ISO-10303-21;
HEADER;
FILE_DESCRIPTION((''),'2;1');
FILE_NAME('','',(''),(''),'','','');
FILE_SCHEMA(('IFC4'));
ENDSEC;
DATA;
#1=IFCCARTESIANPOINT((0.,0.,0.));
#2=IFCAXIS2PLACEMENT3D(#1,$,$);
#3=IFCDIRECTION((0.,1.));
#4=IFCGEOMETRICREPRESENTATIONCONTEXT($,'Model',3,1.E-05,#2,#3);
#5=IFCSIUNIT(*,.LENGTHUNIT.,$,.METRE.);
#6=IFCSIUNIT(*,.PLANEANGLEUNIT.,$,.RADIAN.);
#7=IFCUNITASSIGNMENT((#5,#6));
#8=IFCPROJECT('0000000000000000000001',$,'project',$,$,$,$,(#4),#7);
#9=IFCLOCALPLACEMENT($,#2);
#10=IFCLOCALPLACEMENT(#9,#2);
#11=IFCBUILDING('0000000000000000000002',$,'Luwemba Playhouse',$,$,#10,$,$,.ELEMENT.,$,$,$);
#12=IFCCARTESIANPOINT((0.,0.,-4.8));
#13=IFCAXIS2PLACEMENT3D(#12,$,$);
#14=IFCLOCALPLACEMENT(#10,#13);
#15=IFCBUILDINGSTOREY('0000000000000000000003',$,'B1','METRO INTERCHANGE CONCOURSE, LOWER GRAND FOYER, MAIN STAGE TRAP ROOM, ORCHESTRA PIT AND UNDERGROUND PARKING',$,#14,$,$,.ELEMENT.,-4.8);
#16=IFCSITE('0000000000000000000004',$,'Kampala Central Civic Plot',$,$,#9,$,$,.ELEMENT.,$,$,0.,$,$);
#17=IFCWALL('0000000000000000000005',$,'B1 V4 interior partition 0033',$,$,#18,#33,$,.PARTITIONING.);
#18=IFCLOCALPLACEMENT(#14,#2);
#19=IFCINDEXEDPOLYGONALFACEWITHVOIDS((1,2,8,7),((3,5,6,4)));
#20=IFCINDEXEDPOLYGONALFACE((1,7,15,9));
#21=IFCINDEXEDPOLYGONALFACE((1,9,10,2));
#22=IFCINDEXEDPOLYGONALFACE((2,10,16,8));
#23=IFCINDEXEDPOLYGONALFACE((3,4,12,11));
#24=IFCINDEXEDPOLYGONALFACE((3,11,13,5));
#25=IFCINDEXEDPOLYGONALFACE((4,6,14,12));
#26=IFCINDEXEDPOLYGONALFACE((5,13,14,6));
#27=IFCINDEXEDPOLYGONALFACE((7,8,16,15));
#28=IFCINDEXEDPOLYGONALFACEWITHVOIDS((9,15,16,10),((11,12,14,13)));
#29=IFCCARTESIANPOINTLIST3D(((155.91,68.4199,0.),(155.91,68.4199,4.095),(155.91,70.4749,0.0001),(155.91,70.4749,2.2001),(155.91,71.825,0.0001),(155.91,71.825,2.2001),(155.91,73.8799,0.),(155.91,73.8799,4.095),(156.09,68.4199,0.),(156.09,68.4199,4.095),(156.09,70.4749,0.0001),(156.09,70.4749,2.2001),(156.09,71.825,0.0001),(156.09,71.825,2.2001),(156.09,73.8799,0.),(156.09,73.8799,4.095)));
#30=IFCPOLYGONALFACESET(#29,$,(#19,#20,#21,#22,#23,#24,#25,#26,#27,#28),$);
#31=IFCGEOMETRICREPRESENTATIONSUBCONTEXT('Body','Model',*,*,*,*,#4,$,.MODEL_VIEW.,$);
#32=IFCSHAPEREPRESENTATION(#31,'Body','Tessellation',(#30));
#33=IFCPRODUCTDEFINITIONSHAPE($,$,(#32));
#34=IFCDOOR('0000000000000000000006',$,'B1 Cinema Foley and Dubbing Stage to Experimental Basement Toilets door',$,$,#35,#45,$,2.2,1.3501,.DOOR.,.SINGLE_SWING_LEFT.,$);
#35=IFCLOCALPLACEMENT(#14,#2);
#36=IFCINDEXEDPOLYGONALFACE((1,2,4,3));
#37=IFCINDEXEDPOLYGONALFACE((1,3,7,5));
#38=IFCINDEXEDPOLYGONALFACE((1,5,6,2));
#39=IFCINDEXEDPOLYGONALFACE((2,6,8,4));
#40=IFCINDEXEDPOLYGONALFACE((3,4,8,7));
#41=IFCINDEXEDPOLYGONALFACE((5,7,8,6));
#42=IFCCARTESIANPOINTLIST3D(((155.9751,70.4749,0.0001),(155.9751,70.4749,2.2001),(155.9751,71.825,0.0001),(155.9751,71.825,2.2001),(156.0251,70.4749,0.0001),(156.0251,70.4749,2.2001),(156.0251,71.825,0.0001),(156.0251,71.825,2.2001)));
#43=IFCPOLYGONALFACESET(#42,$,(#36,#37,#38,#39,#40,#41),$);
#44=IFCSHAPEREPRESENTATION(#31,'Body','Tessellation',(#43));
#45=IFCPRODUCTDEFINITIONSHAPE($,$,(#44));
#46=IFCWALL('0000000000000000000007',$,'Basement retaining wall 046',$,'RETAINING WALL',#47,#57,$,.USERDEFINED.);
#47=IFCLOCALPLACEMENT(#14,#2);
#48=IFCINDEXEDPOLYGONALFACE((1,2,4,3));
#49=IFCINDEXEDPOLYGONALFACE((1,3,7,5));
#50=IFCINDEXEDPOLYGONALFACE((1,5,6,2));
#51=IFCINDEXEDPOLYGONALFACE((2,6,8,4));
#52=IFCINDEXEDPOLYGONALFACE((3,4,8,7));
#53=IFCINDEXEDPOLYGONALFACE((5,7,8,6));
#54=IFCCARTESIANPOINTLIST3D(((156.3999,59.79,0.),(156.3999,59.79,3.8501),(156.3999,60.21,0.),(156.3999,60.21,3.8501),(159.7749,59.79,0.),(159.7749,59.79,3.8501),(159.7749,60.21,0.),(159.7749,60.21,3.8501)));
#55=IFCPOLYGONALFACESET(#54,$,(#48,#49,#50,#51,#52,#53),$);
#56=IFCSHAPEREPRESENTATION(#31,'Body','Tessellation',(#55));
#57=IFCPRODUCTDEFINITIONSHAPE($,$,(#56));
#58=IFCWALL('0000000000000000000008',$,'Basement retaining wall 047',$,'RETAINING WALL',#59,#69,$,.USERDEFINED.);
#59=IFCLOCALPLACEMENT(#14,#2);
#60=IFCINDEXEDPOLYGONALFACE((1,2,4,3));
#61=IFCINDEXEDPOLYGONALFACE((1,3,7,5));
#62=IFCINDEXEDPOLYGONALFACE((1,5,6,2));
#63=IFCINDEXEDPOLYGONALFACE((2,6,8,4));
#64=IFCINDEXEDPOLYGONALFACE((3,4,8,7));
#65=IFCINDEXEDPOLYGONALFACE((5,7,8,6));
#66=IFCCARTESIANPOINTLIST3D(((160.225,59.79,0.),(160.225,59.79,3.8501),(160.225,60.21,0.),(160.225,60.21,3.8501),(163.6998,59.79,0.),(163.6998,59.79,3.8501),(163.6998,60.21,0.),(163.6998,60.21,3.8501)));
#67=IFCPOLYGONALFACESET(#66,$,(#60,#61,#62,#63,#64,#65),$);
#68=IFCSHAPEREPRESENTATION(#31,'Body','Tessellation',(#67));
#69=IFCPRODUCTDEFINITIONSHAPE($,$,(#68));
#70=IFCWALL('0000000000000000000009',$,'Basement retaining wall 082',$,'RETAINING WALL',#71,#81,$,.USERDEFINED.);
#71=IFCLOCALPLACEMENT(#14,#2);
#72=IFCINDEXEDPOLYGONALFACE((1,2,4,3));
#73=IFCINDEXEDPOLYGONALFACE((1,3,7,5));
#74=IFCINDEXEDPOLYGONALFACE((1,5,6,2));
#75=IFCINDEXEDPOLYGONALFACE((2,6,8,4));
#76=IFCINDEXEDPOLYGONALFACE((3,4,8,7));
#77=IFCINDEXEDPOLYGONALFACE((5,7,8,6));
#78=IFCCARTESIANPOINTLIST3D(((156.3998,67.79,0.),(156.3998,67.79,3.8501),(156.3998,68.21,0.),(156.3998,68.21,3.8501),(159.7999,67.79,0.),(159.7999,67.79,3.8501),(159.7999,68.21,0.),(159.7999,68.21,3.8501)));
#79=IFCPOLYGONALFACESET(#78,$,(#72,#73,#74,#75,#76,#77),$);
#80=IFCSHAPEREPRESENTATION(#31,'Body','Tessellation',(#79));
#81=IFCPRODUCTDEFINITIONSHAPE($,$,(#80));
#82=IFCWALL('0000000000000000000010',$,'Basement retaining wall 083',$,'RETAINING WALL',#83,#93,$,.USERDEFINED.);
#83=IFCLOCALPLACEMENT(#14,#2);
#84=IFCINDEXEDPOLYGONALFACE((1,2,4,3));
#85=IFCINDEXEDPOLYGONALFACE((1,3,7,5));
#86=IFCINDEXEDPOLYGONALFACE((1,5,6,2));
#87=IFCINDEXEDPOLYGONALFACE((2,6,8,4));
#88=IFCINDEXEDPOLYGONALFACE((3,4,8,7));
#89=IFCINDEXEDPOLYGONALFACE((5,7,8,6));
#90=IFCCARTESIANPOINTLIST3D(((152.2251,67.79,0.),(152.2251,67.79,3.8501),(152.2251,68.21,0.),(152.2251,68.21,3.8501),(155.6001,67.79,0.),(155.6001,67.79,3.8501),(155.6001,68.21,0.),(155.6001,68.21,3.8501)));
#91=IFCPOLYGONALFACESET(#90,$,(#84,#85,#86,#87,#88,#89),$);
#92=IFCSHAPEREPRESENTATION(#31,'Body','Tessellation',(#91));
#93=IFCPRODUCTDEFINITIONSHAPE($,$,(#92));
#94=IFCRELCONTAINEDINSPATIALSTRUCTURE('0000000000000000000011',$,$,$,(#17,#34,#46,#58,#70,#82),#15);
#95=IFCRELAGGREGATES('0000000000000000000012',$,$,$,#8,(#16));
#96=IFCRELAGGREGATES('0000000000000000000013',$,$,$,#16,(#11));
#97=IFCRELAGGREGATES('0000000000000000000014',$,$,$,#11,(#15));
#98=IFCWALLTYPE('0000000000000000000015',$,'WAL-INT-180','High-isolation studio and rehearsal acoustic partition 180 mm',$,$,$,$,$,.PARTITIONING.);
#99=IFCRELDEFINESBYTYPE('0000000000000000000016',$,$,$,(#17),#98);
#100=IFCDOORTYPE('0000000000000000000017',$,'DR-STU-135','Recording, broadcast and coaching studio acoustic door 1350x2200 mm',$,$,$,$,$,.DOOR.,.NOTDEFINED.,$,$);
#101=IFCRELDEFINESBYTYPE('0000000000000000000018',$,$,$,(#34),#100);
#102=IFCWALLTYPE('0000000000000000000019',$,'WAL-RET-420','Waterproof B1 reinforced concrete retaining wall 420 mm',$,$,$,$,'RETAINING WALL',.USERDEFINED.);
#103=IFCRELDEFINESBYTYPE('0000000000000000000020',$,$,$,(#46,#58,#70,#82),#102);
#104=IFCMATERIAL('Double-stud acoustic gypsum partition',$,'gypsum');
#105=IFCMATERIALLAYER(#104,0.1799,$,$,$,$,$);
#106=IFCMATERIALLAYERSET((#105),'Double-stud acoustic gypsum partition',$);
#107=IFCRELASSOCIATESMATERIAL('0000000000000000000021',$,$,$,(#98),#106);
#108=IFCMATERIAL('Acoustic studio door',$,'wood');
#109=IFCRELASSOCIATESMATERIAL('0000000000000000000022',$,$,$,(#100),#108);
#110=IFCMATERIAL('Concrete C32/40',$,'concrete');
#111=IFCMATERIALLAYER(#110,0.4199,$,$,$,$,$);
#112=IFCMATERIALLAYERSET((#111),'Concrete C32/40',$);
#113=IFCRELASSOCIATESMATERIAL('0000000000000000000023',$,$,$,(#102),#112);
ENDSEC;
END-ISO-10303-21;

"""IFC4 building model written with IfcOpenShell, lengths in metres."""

from ifc_helpers import new_model, si_unit, direction, frame, frame_2d, origin, place, context, subcontext, project, spatial, rectangle, extrude, material, layer, layer_set, type_object, element, fill, save


model = new_model("IFC4")

# Units and contexts
model_context = context("Model", 3, precision=1e-05, world=origin(), true_north=direction((0.0, 1.0)))
body_context = subcontext(model_context, "Body", "Model", "MODEL_VIEW")
ifc_project = project(units=[si_unit("LENGTHUNIT", "METRE"), si_unit("PLANEANGLEUNIT", "RADIAN")], contexts=[model_context])

# Site, building, storey
site_placement = place(None, origin())
site = spatial("IfcSite", under=ifc_project, at=site_placement, Name="Kampala Central Civic Plot", CompositionType="ELEMENT", RefElevation=0.0)
building_placement = place(site_placement, origin())
building = spatial("IfcBuilding", under=site, at=building_placement, Name="Luwemba Playhouse", CompositionType="ELEMENT")
storey_placement = place(building_placement, frame((0.0, 0.0, -4.8)))
storey = spatial("IfcBuildingStorey", under=building, at=storey_placement, Name="B1", Description="METRO INTERCHANGE CONCOURSE, LOWER GRAND FOYER, MAIN STAGE TRAP ROOM, ORCHESTRA PIT AND UNDERGROUND PARKING", CompositionType="ELEMENT", Elevation=-4.8)

# Shared definitions
ifc_material_1 = material(Name="Concrete C32/40", Category="concrete")

# Wall, opening, door
ifc_material_2 = material(Name="Double-stud acoustic gypsum partition", Category="gypsum")
ifc_layer_1 = layer(ifc_material_2, 0.1799)
ifc_layer_set_1 = layer_set([ifc_layer_1], Name="Double-stud acoustic gypsum partition")
wall_type_1 = type_object("IfcWallType", Name="WAL-INT-180", Description="High-isolation studio and rehearsal acoustic partition 180 mm", PredefinedType="PARTITIONING", material=ifc_layer_set_1)
wall_1_placement = place(storey_placement, frame((156.0, 68.4199, 0.0), z_axis=(0.0, 0.0, 1.0), x_axis=(0.0, 1.0, 0.0)))
wall_1 = element("IfcWall", 1, at=wall_1_placement, inside=storey, type_object=wall_type_1, Name="B1 V4 interior partition 0033", PredefinedType="PARTITIONING", context=body_context, shape_type="SweptSolid", body=[
    extrude(rectangle(XDim=5.46, YDim=0.1799, at=frame_2d((2.73, 0.0))), origin(), (0.0, 0.0, 1.0), 4.095),
])
opening_placement = place(wall_1_placement, frame((2.0549, 0.0, 0.0)))
opening = element("IfcOpeningElement", 2, at=opening_placement, cuts=wall_1, PredefinedType="OPENING", context=body_context, shape_type="SweptSolid", body=[
    extrude(rectangle(XDim=1.3501, YDim=2.2, at=frame_2d((0.675, 1.1001))), frame((0.0, 0.0999, 0.0), z_axis=(0.0, -1.0, 0.0), x_axis=(1.0, 0.0, 0.0)), (0.0, 0.0, 1.0), 0.2),
])
ifc_material_3 = material(Name="Acoustic studio door", Category="wood")
door_type = type_object("IfcDoorType", Name="DR-STU-135", Description="Recording, broadcast and coaching studio acoustic door 1350x2200 mm", OperationType="NOTDEFINED", PredefinedType="DOOR", material=ifc_material_3)
door_placement = place(opening_placement, origin())
door = element("IfcDoor", 3, at=door_placement, inside=storey, type_object=door_type, Name="B1 Cinema Foley and Dubbing Stage to Experimental Basement Toilets door", OperationType="SINGLE_SWING_LEFT", OverallHeight=2.2, OverallWidth=1.3501, PredefinedType="DOOR", context=body_context, shape_type="SweptSolid", body=[
    extrude(rectangle(XDim=1.3501, YDim=2.2, at=frame_2d((0.675, 1.1001))), frame((0.0, 0.0249, 0.0), z_axis=(0.0, -1.0, 0.0), x_axis=(1.0, 0.0, 0.0)), (0.0, 0.0, 1.0), 0.05),
])
fill(opening, door)

# Walls
ifc_layer_2 = layer(ifc_material_1, 0.4199)
ifc_layer_set_2 = layer_set([ifc_layer_2], Name="Concrete C32/40")
wall_type_2 = type_object("IfcWallType", Name="WAL-RET-420", Description="Waterproof B1 reinforced concrete retaining wall 420 mm", ElementType="RETAINING WALL", PredefinedType="USERDEFINED", material=ifc_layer_set_2)
wall_2_placement = place(storey_placement, frame((156.3999, 60.0, 0.0), z_axis=(0.0, 0.0, 1.0), x_axis=(1.0, 0.0, 0.0)))
element("IfcWall", 4, at=wall_2_placement, inside=storey, type_object=wall_type_2, Name="Basement retaining wall 046", ObjectType="RETAINING WALL", PredefinedType="USERDEFINED", context=body_context, shape_type="SweptSolid", body=[
    extrude(rectangle(XDim=3.375, YDim=0.4199, at=frame_2d((1.6875, 0.0))), origin(), (0.0, 0.0, 1.0), 3.8501),
])
wall_3_placement = place(storey_placement, frame((160.2251, 60.0, 0.0), z_axis=(0.0, 0.0, 1.0), x_axis=(1.0, 0.0, 0.0)))
element("IfcWall", 5, at=wall_3_placement, inside=storey, type_object=wall_type_2, Name="Basement retaining wall 047", ObjectType="RETAINING WALL", PredefinedType="USERDEFINED", context=body_context, shape_type="SweptSolid", body=[
    extrude(rectangle(XDim=3.4749, YDim=0.4199, at=frame_2d((1.7373, 0.0))), origin(), (0.0, 0.0, 1.0), 3.8501),
])
wall_4_placement = place(storey_placement, frame((159.8, 68.0, 0.0), z_axis=(0.0, 0.0, 1.0), x_axis=(-1.0, 0.0, 0.0)))
element("IfcWall", 6, at=wall_4_placement, inside=storey, type_object=wall_type_2, Name="Basement retaining wall 082", ObjectType="RETAINING WALL", PredefinedType="USERDEFINED", context=body_context, shape_type="SweptSolid", body=[
    extrude(rectangle(XDim=3.4001, YDim=0.4199, at=frame_2d((1.7002, 0.0))), origin(), (0.0, 0.0, 1.0), 3.8501),
])
wall_5_placement = place(storey_placement, frame((155.6001, 68.0, 0.0), z_axis=(0.0, 0.0, 1.0), x_axis=(-1.0, 0.0, 0.0)))
element("IfcWall", 7, at=wall_5_placement, inside=storey, type_object=wall_type_2, Name="Basement retaining wall 083", ObjectType="RETAINING WALL", PredefinedType="USERDEFINED", context=body_context, shape_type="SweptSolid", body=[
    extrude(rectangle(XDim=3.375, YDim=0.4199, at=frame_2d((1.6875, 0.0))), origin(), (0.0, 0.0, 1.0), 3.8501),
])

save(model, "model.ifc")
